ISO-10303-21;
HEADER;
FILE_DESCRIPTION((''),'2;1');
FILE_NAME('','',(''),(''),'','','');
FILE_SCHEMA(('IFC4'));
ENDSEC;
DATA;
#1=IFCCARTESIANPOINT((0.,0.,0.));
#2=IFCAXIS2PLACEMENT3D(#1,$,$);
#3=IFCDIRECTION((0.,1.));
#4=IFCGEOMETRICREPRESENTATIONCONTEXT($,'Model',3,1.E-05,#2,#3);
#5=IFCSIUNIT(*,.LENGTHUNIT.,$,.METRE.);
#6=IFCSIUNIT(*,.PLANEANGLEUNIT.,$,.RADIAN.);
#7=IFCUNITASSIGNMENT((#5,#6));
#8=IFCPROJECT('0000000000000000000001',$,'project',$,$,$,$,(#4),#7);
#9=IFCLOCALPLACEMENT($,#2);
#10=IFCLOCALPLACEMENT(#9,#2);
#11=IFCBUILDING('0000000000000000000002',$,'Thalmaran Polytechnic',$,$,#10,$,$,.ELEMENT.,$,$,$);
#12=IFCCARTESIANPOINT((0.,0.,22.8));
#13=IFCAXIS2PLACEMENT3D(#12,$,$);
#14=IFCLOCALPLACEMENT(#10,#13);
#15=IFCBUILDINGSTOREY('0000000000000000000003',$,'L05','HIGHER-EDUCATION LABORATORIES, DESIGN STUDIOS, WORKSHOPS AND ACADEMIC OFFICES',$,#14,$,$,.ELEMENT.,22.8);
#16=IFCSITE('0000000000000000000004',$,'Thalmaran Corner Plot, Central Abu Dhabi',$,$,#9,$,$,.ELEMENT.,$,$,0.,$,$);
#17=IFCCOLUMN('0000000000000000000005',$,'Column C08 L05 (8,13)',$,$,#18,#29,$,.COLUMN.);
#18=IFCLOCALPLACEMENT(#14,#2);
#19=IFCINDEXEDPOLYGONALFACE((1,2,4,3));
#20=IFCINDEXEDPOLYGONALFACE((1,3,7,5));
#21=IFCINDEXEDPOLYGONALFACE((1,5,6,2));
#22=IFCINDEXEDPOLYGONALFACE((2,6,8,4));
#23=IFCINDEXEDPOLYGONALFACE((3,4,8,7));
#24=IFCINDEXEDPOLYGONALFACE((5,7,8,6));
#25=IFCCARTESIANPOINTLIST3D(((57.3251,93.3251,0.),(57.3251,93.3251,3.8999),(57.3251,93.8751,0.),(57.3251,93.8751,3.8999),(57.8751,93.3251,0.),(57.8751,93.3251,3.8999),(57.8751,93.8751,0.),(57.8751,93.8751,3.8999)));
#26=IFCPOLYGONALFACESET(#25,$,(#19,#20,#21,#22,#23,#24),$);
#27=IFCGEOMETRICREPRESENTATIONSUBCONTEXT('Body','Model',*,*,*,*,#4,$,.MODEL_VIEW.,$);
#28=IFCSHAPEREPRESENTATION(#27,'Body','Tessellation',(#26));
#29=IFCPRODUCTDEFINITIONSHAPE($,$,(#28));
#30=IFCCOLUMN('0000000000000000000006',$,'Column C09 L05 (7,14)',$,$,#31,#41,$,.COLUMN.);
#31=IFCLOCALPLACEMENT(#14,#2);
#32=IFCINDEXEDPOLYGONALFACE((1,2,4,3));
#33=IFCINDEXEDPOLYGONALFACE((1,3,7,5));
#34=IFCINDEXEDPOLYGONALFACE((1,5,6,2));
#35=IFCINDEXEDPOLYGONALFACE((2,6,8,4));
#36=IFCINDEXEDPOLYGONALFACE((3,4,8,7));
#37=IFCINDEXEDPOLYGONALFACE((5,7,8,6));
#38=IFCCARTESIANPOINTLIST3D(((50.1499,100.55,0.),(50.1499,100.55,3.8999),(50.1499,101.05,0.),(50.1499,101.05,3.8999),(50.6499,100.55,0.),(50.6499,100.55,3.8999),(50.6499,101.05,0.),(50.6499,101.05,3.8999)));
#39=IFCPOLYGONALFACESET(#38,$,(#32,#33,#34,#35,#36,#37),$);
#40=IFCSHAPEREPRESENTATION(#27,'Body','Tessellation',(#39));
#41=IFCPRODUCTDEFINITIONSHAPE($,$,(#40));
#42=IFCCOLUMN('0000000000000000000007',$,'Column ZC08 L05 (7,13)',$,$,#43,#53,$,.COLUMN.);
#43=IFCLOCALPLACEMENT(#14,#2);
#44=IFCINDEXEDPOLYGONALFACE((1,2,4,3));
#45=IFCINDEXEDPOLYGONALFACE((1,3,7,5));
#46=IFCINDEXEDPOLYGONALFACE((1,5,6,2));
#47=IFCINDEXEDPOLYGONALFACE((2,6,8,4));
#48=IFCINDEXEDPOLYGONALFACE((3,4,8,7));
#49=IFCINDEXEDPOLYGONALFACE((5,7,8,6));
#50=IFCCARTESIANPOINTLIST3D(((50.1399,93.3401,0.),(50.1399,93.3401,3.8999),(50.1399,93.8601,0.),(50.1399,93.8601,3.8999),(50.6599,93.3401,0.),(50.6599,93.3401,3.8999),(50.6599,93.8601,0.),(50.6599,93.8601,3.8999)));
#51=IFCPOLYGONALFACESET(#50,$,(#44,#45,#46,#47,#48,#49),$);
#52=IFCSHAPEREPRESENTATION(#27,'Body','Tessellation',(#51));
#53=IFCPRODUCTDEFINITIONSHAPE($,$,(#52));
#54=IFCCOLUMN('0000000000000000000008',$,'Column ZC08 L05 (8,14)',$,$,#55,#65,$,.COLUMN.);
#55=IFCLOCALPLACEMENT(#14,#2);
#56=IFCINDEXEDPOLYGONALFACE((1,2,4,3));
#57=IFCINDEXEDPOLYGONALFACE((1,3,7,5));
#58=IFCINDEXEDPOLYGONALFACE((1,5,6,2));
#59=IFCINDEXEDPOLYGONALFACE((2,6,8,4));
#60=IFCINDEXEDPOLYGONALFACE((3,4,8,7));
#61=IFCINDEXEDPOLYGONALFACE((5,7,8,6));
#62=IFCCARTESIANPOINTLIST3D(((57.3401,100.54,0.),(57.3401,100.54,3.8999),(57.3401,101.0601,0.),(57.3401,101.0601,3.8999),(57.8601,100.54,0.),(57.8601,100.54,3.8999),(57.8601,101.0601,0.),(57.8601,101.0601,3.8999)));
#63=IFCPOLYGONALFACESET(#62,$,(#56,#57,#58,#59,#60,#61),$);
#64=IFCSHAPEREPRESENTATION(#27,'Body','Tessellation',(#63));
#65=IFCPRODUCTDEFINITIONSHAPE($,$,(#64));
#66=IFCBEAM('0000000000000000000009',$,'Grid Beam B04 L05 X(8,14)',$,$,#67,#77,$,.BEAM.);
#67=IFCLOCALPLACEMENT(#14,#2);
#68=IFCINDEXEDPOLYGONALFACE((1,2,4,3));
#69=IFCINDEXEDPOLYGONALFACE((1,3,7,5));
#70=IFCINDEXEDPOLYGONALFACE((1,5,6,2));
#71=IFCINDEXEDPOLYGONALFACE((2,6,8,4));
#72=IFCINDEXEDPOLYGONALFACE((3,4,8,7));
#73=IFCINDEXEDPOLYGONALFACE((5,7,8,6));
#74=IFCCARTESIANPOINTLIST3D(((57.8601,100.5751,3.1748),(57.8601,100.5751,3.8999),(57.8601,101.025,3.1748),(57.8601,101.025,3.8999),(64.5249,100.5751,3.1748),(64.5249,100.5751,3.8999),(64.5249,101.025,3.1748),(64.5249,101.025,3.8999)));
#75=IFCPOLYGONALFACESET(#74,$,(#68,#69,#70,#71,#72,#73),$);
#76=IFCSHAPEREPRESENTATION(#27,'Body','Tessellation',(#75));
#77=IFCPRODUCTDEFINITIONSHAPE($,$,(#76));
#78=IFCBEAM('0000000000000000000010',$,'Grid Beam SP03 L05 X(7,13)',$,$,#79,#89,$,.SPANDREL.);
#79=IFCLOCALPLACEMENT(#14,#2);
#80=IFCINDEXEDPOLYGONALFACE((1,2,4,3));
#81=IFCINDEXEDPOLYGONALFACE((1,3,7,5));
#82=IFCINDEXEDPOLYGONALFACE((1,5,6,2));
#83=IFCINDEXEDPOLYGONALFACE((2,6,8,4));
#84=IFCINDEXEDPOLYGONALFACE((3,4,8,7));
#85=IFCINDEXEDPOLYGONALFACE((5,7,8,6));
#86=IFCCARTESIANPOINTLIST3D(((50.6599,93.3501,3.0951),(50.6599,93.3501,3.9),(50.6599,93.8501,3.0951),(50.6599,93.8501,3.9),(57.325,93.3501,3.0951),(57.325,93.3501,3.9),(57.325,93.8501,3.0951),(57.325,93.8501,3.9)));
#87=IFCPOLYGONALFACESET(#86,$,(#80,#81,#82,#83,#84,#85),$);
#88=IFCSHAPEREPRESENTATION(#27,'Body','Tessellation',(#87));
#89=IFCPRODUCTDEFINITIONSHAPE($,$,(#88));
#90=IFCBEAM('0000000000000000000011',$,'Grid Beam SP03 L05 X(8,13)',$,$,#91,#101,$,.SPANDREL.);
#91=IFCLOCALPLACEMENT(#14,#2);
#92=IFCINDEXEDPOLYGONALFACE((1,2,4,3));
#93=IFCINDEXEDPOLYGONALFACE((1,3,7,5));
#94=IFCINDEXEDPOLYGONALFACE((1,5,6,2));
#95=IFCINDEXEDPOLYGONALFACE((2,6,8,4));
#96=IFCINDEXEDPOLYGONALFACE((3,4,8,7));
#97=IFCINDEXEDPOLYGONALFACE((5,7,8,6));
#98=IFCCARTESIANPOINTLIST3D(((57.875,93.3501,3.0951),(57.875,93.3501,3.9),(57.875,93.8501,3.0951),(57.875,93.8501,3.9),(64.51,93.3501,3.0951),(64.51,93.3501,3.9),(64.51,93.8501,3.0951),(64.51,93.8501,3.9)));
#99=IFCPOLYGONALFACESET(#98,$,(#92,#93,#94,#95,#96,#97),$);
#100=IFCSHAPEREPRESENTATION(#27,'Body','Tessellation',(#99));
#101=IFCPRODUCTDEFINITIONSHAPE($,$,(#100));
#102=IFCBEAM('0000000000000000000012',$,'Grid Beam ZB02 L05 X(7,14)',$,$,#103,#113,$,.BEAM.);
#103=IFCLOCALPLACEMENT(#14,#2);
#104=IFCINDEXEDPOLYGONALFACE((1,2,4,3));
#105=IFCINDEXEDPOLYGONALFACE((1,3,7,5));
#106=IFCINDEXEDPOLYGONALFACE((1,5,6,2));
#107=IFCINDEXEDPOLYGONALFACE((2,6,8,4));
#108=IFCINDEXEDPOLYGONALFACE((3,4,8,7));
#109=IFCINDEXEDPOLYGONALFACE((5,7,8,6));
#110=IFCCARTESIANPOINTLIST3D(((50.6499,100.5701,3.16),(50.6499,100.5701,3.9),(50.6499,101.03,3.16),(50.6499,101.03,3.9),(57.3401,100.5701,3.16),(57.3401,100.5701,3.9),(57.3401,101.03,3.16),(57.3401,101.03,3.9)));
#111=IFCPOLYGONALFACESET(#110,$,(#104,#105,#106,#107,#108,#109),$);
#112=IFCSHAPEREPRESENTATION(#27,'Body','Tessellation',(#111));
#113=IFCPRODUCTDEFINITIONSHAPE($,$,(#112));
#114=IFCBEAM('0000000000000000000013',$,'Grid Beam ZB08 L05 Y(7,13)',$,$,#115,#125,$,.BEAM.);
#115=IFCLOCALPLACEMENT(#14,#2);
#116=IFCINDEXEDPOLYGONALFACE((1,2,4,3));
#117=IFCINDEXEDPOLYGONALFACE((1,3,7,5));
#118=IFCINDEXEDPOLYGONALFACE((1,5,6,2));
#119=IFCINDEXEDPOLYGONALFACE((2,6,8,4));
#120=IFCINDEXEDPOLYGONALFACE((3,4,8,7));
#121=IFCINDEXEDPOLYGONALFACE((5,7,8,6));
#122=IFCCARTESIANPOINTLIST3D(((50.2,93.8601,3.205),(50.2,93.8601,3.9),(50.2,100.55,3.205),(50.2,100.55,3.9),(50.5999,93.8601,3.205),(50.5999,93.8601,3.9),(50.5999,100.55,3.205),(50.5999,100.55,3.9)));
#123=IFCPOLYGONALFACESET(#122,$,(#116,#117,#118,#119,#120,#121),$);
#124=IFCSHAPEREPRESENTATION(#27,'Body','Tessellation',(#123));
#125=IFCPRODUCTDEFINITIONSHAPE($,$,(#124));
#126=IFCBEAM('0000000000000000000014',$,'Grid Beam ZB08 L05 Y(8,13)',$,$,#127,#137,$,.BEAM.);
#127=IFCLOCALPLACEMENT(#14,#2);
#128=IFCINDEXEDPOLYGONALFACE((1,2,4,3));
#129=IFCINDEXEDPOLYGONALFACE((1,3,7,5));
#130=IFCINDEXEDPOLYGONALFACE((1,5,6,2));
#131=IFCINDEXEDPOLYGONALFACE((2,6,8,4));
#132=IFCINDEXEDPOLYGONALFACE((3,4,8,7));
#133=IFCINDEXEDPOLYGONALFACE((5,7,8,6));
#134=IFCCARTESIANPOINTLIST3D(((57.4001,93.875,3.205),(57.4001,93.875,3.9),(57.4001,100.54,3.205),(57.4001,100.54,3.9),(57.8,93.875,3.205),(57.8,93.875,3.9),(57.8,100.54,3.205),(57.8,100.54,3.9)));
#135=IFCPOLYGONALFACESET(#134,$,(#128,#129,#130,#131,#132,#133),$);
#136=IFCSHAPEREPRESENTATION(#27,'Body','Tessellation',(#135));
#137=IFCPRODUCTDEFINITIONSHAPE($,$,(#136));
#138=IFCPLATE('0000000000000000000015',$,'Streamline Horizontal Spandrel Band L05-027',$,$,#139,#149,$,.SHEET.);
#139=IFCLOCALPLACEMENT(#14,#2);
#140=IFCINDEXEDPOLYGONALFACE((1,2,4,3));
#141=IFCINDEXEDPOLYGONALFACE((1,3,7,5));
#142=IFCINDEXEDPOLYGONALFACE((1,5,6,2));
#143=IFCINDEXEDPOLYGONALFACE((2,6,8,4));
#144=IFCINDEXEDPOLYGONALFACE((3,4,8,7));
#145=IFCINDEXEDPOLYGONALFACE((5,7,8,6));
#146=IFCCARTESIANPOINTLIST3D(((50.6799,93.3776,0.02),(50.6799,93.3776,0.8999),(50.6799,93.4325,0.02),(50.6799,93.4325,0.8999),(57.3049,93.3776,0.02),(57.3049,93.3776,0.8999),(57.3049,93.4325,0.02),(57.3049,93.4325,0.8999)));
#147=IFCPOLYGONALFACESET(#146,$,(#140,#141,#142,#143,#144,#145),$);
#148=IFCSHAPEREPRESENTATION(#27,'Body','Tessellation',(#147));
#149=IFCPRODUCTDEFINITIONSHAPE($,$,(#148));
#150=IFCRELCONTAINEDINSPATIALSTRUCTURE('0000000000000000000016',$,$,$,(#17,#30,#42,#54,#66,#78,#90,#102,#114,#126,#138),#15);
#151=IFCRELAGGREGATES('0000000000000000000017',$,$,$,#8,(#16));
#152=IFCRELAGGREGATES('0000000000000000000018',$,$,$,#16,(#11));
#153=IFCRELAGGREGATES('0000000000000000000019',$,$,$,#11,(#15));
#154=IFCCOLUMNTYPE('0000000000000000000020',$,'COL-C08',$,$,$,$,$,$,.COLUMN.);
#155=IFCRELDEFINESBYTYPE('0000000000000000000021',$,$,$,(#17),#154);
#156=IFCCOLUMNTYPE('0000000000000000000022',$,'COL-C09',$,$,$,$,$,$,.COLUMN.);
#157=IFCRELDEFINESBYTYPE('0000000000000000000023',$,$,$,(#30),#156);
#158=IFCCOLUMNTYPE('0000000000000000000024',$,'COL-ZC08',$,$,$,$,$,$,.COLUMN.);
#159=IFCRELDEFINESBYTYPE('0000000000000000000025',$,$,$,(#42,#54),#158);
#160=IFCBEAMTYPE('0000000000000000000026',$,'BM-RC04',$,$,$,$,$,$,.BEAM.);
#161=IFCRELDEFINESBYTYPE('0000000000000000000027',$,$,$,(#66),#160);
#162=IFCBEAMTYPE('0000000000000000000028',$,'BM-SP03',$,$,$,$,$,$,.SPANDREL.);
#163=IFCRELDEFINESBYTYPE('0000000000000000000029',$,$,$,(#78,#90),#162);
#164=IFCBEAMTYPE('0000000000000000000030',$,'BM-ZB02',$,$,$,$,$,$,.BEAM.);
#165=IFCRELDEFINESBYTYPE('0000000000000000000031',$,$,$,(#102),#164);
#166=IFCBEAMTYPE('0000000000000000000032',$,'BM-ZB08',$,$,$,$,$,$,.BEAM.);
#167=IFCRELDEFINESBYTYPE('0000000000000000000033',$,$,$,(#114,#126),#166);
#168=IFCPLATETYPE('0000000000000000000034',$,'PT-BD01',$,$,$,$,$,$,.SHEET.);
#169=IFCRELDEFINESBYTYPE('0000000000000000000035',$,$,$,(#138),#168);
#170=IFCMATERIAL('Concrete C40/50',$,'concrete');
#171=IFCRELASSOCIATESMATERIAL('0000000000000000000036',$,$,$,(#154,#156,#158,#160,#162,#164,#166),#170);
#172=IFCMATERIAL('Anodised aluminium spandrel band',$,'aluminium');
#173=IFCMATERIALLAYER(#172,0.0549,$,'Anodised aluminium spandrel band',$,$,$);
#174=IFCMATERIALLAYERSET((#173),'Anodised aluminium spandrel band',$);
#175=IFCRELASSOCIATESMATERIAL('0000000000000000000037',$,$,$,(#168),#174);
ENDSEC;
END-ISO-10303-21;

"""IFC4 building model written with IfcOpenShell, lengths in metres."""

from ifc_helpers import new_model, si_unit, direction, frame, origin, origin_2d, place, context, subcontext, project, spatial, rectangle, extrude, material, layer, layer_set, material_profile, profile_set, type_object, element, save


model = new_model("IFC4")

# Units and contexts
model_context = context("Model", 3, precision=1e-05, world=origin(), true_north=direction((0.0, 1.0)))
body_context = subcontext(model_context, "Body", "Model", "MODEL_VIEW")
ifc_project = project(units=[si_unit("LENGTHUNIT", "METRE"), si_unit("PLANEANGLEUNIT", "RADIAN")], contexts=[model_context])

# Site, building, storey
site_placement = place(None, origin())
site = spatial("IfcSite", under=ifc_project, at=site_placement, Name="Thalmaran Corner Plot, Central Abu Dhabi", CompositionType="ELEMENT", RefElevation=0.0)
building_placement = place(site_placement, origin())
building = spatial("IfcBuilding", under=site, at=building_placement, Name="Thalmaran Polytechnic", CompositionType="ELEMENT")
storey_placement = place(building_placement, frame((0.0, 0.0, 22.8)))
storey = spatial("IfcBuildingStorey", under=building, at=storey_placement, Name="L05", Description="HIGHER-EDUCATION LABORATORIES, DESIGN STUDIOS, WORKSHOPS AND ACADEMIC OFFICES", CompositionType="ELEMENT", Elevation=22.8)

# Columns
ifc_material_1 = material(Name="Concrete C40/50", Category="concrete")
ifc_material_profile_1 = material_profile(ifc_material_1, rectangle(XDim=0.55, YDim=0.55, at=origin_2d()), Name="RC 550x550")
ifc_profile_set_1 = profile_set([ifc_material_profile_1], Name="Concrete C40/50")
column_type_1 = type_object("IfcColumnType", Name="COL-C08", PredefinedType="COLUMN", material=ifc_profile_set_1)
column_1_placement = place(storey_placement, frame((57.6001, 93.6001, 0.0), z_axis=(0.0, 0.0, 1.0), x_axis=(1.0, 0.0, 0.0)))
element("IfcColumn", 1, at=column_1_placement, inside=storey, type_object=column_type_1, Name="Column C08 L05 (8,13)", PredefinedType="COLUMN", context=body_context, shape_type="SweptSolid", body=[
    extrude(rectangle(XDim=0.55, YDim=0.55, at=origin_2d()), origin(), (0.0, 0.0, 1.0), 3.8999),
])
ifc_material_profile_2 = material_profile(ifc_material_1, rectangle(XDim=0.5, YDim=0.5, at=origin_2d()), Name="RC 500x500")
ifc_profile_set_2 = profile_set([ifc_material_profile_2], Name="Concrete C40/50")
column_type_2 = type_object("IfcColumnType", Name="COL-C09", PredefinedType="COLUMN", material=ifc_profile_set_2)
column_2_placement = place(storey_placement, frame((50.3999, 100.8, 0.0), z_axis=(0.0, 0.0, 1.0), x_axis=(1.0, 0.0, 0.0)))
element("IfcColumn", 2, at=column_2_placement, inside=storey, type_object=column_type_2, Name="Column C09 L05 (7,14)", PredefinedType="COLUMN", context=body_context, shape_type="SweptSolid", body=[
    extrude(rectangle(XDim=0.5, YDim=0.5, at=origin_2d()), origin(), (0.0, 0.0, 1.0), 3.8999),
])
ifc_material_profile_3 = material_profile(ifc_material_1, rectangle(XDim=0.52, YDim=0.52, at=origin_2d()), Name="RC 520x520")
ifc_profile_set_3 = profile_set([ifc_material_profile_3], Name="Concrete C40/50")
column_type_3 = type_object("IfcColumnType", Name="COL-ZC08", PredefinedType="COLUMN", material=ifc_profile_set_3)
for number, where, z_axis, x_axis, name in (
    (3, (50.3999, 93.6001, 0.0), (0.0, 0.0, 1.0), (1.0, 0.0, 0.0), "Column ZC08 L05 (7,13)"),
    (4, (57.6001, 100.8, 0.0), (0.0, 0.0, 1.0), (1.0, 0.0, 0.0), "Column ZC08 L05 (8,14)"),
):
    element("IfcColumn", number, at=place(storey_placement, frame(where, z_axis=z_axis, x_axis=x_axis)), inside=storey, type_object=column_type_3, Name=name, PredefinedType="COLUMN", context=body_context, shape_type="SweptSolid", body=[
        extrude(rectangle(XDim=0.52, YDim=0.52, at=origin_2d()), origin(), (0.0, 0.0, 1.0), 3.8999),
    ])

# Beams
ifc_material_profile_4 = material_profile(ifc_material_1, rectangle(XDim=0.45, YDim=0.7251, at=origin_2d()), Name="RC 450x725")
ifc_profile_set_4 = profile_set([ifc_material_profile_4], Name="Concrete C40/50")
beam_type_1 = type_object("IfcBeamType", Name="BM-RC04", PredefinedType="BEAM", material=ifc_profile_set_4)
beam_1_placement = place(storey_placement, frame((57.8601, 100.8, 3.5374), z_axis=(1.0, 0.0, 0.0), x_axis=(0.0, 1.0, 0.0)))
element("IfcBeam", 5, at=beam_1_placement, inside=storey, type_object=beam_type_1, Name="Grid Beam B04 L05 X(8,14)", PredefinedType="BEAM", context=body_context, shape_type="SweptSolid", body=[
    extrude(rectangle(XDim=0.45, YDim=0.7251, at=origin_2d()), origin(), (0.0, 0.0, 1.0), 6.6648),
])
ifc_material_profile_5 = material_profile(ifc_material_1, rectangle(XDim=0.5, YDim=0.8049, at=origin_2d()), Name="RC 500x805")
ifc_profile_set_5 = profile_set([ifc_material_profile_5], Name="Concrete C40/50")
beam_type_2 = type_object("IfcBeamType", Name="BM-SP03", PredefinedType="SPANDREL", material=ifc_profile_set_5)
beam_2_placement = place(storey_placement, frame((50.6599, 93.6001, 3.4976), z_axis=(1.0, 0.0, 0.0), x_axis=(0.0, 1.0, 0.0)))
element("IfcBeam", 6, at=beam_2_placement, inside=storey, type_object=beam_type_2, Name="Grid Beam SP03 L05 X(7,13)", PredefinedType="SPANDREL", context=body_context, shape_type="SweptSolid", body=[
    extrude(rectangle(XDim=0.5, YDim=0.8049, at=origin_2d()), origin(), (0.0, 0.0, 1.0), 6.665),
])
beam_3_placement = place(storey_placement, frame((57.875, 93.6001, 3.4976), z_axis=(1.0, 0.0, 0.0), x_axis=(0.0, 1.0, 0.0)))
element("IfcBeam", 7, at=beam_3_placement, inside=storey, type_object=beam_type_2, Name="Grid Beam SP03 L05 X(8,13)", PredefinedType="SPANDREL", context=body_context, shape_type="SweptSolid", body=[
    extrude(rectangle(XDim=0.5, YDim=0.8049, at=origin_2d()), origin(), (0.0, 0.0, 1.0), 6.635),
])
ifc_material_profile_6 = material_profile(ifc_material_1, rectangle(XDim=0.46, YDim=0.74, at=origin_2d()), Name="RC 460x740")
ifc_profile_set_6 = profile_set([ifc_material_profile_6], Name="Concrete C40/50")
beam_type_3 = type_object("IfcBeamType", Name="BM-ZB02", PredefinedType="BEAM", material=ifc_profile_set_6)
beam_4_placement = place(storey_placement, frame((50.6499, 100.8, 3.53), z_axis=(1.0, 0.0, 0.0), x_axis=(0.0, 1.0, 0.0)))
element("IfcBeam", 8, at=beam_4_placement, inside=storey, type_object=beam_type_3, Name="Grid Beam ZB02 L05 X(7,14)", PredefinedType="BEAM", context=body_context, shape_type="SweptSolid", body=[
    extrude(rectangle(XDim=0.46, YDim=0.74, at=origin_2d()), origin(), (0.0, 0.0, 1.0), 6.6902),
])
ifc_material_profile_7 = material_profile(ifc_material_1, rectangle(XDim=0.3999, YDim=0.6951, at=origin_2d()), Name="RC 400x695")
ifc_profile_set_7 = profile_set([ifc_material_profile_7], Name="Concrete C40/50")
beam_type_4 = type_object("IfcBeamType", Name="BM-ZB08", PredefinedType="BEAM", material=ifc_profile_set_7)
beam_5_placement = place(storey_placement, frame((50.3999, 93.8601, 3.5525), z_axis=(0.0, 1.0, 0.0), x_axis=(-1.0, 0.0, 0.0)))
element("IfcBeam", 9, at=beam_5_placement, inside=storey, type_object=beam_type_4, Name="Grid Beam ZB08 L05 Y(7,13)", PredefinedType="BEAM", context=body_context, shape_type="SweptSolid", body=[
    extrude(rectangle(XDim=0.3999, YDim=0.6951, at=origin_2d()), origin(), (0.0, 0.0, 1.0), 6.6899),
])
beam_6_placement = place(storey_placement, frame((57.6001, 93.875, 3.5525), z_axis=(0.0, 1.0, 0.0), x_axis=(-1.0, 0.0, 0.0)))
element("IfcBeam", 10, at=beam_6_placement, inside=storey, type_object=beam_type_4, Name="Grid Beam ZB08 L05 Y(8,13)", PredefinedType="BEAM", context=body_context, shape_type="SweptSolid", body=[
    extrude(rectangle(XDim=0.3999, YDim=0.6951, at=origin_2d()), origin(), (0.0, 0.0, 1.0), 6.665),
])

# Plate
ifc_material_2 = material(Name="Anodised aluminium spandrel band", Category="aluminium")
ifc_layer_1 = layer(ifc_material_2, 0.0549, Name="Anodised aluminium spandrel band")
ifc_layer_set_1 = layer_set([ifc_layer_1], Name="Anodised aluminium spandrel band")
plate_type = type_object("IfcPlateType", Name="PT-BD01", PredefinedType="SHEET", material=ifc_layer_set_1)
plate_placement = place(storey_placement, frame((53.9924, 93.405, 0.02), z_axis=(0.0, 0.0, 1.0), x_axis=(-1.0, 0.0, 0.0)))
element("IfcPlate", 11, at=plate_placement, inside=storey, type_object=plate_type, Name="Streamline Horizontal Spandrel Band L05-027", PredefinedType="SHEET", context=body_context, shape_type="SweptSolid", body=[
    extrude(rectangle(XDim=6.625, YDim=0.0549, at=origin_2d()), origin(), (0.0, 0.0, 1.0), 0.8799),
])

save(model, "model.ifc")
